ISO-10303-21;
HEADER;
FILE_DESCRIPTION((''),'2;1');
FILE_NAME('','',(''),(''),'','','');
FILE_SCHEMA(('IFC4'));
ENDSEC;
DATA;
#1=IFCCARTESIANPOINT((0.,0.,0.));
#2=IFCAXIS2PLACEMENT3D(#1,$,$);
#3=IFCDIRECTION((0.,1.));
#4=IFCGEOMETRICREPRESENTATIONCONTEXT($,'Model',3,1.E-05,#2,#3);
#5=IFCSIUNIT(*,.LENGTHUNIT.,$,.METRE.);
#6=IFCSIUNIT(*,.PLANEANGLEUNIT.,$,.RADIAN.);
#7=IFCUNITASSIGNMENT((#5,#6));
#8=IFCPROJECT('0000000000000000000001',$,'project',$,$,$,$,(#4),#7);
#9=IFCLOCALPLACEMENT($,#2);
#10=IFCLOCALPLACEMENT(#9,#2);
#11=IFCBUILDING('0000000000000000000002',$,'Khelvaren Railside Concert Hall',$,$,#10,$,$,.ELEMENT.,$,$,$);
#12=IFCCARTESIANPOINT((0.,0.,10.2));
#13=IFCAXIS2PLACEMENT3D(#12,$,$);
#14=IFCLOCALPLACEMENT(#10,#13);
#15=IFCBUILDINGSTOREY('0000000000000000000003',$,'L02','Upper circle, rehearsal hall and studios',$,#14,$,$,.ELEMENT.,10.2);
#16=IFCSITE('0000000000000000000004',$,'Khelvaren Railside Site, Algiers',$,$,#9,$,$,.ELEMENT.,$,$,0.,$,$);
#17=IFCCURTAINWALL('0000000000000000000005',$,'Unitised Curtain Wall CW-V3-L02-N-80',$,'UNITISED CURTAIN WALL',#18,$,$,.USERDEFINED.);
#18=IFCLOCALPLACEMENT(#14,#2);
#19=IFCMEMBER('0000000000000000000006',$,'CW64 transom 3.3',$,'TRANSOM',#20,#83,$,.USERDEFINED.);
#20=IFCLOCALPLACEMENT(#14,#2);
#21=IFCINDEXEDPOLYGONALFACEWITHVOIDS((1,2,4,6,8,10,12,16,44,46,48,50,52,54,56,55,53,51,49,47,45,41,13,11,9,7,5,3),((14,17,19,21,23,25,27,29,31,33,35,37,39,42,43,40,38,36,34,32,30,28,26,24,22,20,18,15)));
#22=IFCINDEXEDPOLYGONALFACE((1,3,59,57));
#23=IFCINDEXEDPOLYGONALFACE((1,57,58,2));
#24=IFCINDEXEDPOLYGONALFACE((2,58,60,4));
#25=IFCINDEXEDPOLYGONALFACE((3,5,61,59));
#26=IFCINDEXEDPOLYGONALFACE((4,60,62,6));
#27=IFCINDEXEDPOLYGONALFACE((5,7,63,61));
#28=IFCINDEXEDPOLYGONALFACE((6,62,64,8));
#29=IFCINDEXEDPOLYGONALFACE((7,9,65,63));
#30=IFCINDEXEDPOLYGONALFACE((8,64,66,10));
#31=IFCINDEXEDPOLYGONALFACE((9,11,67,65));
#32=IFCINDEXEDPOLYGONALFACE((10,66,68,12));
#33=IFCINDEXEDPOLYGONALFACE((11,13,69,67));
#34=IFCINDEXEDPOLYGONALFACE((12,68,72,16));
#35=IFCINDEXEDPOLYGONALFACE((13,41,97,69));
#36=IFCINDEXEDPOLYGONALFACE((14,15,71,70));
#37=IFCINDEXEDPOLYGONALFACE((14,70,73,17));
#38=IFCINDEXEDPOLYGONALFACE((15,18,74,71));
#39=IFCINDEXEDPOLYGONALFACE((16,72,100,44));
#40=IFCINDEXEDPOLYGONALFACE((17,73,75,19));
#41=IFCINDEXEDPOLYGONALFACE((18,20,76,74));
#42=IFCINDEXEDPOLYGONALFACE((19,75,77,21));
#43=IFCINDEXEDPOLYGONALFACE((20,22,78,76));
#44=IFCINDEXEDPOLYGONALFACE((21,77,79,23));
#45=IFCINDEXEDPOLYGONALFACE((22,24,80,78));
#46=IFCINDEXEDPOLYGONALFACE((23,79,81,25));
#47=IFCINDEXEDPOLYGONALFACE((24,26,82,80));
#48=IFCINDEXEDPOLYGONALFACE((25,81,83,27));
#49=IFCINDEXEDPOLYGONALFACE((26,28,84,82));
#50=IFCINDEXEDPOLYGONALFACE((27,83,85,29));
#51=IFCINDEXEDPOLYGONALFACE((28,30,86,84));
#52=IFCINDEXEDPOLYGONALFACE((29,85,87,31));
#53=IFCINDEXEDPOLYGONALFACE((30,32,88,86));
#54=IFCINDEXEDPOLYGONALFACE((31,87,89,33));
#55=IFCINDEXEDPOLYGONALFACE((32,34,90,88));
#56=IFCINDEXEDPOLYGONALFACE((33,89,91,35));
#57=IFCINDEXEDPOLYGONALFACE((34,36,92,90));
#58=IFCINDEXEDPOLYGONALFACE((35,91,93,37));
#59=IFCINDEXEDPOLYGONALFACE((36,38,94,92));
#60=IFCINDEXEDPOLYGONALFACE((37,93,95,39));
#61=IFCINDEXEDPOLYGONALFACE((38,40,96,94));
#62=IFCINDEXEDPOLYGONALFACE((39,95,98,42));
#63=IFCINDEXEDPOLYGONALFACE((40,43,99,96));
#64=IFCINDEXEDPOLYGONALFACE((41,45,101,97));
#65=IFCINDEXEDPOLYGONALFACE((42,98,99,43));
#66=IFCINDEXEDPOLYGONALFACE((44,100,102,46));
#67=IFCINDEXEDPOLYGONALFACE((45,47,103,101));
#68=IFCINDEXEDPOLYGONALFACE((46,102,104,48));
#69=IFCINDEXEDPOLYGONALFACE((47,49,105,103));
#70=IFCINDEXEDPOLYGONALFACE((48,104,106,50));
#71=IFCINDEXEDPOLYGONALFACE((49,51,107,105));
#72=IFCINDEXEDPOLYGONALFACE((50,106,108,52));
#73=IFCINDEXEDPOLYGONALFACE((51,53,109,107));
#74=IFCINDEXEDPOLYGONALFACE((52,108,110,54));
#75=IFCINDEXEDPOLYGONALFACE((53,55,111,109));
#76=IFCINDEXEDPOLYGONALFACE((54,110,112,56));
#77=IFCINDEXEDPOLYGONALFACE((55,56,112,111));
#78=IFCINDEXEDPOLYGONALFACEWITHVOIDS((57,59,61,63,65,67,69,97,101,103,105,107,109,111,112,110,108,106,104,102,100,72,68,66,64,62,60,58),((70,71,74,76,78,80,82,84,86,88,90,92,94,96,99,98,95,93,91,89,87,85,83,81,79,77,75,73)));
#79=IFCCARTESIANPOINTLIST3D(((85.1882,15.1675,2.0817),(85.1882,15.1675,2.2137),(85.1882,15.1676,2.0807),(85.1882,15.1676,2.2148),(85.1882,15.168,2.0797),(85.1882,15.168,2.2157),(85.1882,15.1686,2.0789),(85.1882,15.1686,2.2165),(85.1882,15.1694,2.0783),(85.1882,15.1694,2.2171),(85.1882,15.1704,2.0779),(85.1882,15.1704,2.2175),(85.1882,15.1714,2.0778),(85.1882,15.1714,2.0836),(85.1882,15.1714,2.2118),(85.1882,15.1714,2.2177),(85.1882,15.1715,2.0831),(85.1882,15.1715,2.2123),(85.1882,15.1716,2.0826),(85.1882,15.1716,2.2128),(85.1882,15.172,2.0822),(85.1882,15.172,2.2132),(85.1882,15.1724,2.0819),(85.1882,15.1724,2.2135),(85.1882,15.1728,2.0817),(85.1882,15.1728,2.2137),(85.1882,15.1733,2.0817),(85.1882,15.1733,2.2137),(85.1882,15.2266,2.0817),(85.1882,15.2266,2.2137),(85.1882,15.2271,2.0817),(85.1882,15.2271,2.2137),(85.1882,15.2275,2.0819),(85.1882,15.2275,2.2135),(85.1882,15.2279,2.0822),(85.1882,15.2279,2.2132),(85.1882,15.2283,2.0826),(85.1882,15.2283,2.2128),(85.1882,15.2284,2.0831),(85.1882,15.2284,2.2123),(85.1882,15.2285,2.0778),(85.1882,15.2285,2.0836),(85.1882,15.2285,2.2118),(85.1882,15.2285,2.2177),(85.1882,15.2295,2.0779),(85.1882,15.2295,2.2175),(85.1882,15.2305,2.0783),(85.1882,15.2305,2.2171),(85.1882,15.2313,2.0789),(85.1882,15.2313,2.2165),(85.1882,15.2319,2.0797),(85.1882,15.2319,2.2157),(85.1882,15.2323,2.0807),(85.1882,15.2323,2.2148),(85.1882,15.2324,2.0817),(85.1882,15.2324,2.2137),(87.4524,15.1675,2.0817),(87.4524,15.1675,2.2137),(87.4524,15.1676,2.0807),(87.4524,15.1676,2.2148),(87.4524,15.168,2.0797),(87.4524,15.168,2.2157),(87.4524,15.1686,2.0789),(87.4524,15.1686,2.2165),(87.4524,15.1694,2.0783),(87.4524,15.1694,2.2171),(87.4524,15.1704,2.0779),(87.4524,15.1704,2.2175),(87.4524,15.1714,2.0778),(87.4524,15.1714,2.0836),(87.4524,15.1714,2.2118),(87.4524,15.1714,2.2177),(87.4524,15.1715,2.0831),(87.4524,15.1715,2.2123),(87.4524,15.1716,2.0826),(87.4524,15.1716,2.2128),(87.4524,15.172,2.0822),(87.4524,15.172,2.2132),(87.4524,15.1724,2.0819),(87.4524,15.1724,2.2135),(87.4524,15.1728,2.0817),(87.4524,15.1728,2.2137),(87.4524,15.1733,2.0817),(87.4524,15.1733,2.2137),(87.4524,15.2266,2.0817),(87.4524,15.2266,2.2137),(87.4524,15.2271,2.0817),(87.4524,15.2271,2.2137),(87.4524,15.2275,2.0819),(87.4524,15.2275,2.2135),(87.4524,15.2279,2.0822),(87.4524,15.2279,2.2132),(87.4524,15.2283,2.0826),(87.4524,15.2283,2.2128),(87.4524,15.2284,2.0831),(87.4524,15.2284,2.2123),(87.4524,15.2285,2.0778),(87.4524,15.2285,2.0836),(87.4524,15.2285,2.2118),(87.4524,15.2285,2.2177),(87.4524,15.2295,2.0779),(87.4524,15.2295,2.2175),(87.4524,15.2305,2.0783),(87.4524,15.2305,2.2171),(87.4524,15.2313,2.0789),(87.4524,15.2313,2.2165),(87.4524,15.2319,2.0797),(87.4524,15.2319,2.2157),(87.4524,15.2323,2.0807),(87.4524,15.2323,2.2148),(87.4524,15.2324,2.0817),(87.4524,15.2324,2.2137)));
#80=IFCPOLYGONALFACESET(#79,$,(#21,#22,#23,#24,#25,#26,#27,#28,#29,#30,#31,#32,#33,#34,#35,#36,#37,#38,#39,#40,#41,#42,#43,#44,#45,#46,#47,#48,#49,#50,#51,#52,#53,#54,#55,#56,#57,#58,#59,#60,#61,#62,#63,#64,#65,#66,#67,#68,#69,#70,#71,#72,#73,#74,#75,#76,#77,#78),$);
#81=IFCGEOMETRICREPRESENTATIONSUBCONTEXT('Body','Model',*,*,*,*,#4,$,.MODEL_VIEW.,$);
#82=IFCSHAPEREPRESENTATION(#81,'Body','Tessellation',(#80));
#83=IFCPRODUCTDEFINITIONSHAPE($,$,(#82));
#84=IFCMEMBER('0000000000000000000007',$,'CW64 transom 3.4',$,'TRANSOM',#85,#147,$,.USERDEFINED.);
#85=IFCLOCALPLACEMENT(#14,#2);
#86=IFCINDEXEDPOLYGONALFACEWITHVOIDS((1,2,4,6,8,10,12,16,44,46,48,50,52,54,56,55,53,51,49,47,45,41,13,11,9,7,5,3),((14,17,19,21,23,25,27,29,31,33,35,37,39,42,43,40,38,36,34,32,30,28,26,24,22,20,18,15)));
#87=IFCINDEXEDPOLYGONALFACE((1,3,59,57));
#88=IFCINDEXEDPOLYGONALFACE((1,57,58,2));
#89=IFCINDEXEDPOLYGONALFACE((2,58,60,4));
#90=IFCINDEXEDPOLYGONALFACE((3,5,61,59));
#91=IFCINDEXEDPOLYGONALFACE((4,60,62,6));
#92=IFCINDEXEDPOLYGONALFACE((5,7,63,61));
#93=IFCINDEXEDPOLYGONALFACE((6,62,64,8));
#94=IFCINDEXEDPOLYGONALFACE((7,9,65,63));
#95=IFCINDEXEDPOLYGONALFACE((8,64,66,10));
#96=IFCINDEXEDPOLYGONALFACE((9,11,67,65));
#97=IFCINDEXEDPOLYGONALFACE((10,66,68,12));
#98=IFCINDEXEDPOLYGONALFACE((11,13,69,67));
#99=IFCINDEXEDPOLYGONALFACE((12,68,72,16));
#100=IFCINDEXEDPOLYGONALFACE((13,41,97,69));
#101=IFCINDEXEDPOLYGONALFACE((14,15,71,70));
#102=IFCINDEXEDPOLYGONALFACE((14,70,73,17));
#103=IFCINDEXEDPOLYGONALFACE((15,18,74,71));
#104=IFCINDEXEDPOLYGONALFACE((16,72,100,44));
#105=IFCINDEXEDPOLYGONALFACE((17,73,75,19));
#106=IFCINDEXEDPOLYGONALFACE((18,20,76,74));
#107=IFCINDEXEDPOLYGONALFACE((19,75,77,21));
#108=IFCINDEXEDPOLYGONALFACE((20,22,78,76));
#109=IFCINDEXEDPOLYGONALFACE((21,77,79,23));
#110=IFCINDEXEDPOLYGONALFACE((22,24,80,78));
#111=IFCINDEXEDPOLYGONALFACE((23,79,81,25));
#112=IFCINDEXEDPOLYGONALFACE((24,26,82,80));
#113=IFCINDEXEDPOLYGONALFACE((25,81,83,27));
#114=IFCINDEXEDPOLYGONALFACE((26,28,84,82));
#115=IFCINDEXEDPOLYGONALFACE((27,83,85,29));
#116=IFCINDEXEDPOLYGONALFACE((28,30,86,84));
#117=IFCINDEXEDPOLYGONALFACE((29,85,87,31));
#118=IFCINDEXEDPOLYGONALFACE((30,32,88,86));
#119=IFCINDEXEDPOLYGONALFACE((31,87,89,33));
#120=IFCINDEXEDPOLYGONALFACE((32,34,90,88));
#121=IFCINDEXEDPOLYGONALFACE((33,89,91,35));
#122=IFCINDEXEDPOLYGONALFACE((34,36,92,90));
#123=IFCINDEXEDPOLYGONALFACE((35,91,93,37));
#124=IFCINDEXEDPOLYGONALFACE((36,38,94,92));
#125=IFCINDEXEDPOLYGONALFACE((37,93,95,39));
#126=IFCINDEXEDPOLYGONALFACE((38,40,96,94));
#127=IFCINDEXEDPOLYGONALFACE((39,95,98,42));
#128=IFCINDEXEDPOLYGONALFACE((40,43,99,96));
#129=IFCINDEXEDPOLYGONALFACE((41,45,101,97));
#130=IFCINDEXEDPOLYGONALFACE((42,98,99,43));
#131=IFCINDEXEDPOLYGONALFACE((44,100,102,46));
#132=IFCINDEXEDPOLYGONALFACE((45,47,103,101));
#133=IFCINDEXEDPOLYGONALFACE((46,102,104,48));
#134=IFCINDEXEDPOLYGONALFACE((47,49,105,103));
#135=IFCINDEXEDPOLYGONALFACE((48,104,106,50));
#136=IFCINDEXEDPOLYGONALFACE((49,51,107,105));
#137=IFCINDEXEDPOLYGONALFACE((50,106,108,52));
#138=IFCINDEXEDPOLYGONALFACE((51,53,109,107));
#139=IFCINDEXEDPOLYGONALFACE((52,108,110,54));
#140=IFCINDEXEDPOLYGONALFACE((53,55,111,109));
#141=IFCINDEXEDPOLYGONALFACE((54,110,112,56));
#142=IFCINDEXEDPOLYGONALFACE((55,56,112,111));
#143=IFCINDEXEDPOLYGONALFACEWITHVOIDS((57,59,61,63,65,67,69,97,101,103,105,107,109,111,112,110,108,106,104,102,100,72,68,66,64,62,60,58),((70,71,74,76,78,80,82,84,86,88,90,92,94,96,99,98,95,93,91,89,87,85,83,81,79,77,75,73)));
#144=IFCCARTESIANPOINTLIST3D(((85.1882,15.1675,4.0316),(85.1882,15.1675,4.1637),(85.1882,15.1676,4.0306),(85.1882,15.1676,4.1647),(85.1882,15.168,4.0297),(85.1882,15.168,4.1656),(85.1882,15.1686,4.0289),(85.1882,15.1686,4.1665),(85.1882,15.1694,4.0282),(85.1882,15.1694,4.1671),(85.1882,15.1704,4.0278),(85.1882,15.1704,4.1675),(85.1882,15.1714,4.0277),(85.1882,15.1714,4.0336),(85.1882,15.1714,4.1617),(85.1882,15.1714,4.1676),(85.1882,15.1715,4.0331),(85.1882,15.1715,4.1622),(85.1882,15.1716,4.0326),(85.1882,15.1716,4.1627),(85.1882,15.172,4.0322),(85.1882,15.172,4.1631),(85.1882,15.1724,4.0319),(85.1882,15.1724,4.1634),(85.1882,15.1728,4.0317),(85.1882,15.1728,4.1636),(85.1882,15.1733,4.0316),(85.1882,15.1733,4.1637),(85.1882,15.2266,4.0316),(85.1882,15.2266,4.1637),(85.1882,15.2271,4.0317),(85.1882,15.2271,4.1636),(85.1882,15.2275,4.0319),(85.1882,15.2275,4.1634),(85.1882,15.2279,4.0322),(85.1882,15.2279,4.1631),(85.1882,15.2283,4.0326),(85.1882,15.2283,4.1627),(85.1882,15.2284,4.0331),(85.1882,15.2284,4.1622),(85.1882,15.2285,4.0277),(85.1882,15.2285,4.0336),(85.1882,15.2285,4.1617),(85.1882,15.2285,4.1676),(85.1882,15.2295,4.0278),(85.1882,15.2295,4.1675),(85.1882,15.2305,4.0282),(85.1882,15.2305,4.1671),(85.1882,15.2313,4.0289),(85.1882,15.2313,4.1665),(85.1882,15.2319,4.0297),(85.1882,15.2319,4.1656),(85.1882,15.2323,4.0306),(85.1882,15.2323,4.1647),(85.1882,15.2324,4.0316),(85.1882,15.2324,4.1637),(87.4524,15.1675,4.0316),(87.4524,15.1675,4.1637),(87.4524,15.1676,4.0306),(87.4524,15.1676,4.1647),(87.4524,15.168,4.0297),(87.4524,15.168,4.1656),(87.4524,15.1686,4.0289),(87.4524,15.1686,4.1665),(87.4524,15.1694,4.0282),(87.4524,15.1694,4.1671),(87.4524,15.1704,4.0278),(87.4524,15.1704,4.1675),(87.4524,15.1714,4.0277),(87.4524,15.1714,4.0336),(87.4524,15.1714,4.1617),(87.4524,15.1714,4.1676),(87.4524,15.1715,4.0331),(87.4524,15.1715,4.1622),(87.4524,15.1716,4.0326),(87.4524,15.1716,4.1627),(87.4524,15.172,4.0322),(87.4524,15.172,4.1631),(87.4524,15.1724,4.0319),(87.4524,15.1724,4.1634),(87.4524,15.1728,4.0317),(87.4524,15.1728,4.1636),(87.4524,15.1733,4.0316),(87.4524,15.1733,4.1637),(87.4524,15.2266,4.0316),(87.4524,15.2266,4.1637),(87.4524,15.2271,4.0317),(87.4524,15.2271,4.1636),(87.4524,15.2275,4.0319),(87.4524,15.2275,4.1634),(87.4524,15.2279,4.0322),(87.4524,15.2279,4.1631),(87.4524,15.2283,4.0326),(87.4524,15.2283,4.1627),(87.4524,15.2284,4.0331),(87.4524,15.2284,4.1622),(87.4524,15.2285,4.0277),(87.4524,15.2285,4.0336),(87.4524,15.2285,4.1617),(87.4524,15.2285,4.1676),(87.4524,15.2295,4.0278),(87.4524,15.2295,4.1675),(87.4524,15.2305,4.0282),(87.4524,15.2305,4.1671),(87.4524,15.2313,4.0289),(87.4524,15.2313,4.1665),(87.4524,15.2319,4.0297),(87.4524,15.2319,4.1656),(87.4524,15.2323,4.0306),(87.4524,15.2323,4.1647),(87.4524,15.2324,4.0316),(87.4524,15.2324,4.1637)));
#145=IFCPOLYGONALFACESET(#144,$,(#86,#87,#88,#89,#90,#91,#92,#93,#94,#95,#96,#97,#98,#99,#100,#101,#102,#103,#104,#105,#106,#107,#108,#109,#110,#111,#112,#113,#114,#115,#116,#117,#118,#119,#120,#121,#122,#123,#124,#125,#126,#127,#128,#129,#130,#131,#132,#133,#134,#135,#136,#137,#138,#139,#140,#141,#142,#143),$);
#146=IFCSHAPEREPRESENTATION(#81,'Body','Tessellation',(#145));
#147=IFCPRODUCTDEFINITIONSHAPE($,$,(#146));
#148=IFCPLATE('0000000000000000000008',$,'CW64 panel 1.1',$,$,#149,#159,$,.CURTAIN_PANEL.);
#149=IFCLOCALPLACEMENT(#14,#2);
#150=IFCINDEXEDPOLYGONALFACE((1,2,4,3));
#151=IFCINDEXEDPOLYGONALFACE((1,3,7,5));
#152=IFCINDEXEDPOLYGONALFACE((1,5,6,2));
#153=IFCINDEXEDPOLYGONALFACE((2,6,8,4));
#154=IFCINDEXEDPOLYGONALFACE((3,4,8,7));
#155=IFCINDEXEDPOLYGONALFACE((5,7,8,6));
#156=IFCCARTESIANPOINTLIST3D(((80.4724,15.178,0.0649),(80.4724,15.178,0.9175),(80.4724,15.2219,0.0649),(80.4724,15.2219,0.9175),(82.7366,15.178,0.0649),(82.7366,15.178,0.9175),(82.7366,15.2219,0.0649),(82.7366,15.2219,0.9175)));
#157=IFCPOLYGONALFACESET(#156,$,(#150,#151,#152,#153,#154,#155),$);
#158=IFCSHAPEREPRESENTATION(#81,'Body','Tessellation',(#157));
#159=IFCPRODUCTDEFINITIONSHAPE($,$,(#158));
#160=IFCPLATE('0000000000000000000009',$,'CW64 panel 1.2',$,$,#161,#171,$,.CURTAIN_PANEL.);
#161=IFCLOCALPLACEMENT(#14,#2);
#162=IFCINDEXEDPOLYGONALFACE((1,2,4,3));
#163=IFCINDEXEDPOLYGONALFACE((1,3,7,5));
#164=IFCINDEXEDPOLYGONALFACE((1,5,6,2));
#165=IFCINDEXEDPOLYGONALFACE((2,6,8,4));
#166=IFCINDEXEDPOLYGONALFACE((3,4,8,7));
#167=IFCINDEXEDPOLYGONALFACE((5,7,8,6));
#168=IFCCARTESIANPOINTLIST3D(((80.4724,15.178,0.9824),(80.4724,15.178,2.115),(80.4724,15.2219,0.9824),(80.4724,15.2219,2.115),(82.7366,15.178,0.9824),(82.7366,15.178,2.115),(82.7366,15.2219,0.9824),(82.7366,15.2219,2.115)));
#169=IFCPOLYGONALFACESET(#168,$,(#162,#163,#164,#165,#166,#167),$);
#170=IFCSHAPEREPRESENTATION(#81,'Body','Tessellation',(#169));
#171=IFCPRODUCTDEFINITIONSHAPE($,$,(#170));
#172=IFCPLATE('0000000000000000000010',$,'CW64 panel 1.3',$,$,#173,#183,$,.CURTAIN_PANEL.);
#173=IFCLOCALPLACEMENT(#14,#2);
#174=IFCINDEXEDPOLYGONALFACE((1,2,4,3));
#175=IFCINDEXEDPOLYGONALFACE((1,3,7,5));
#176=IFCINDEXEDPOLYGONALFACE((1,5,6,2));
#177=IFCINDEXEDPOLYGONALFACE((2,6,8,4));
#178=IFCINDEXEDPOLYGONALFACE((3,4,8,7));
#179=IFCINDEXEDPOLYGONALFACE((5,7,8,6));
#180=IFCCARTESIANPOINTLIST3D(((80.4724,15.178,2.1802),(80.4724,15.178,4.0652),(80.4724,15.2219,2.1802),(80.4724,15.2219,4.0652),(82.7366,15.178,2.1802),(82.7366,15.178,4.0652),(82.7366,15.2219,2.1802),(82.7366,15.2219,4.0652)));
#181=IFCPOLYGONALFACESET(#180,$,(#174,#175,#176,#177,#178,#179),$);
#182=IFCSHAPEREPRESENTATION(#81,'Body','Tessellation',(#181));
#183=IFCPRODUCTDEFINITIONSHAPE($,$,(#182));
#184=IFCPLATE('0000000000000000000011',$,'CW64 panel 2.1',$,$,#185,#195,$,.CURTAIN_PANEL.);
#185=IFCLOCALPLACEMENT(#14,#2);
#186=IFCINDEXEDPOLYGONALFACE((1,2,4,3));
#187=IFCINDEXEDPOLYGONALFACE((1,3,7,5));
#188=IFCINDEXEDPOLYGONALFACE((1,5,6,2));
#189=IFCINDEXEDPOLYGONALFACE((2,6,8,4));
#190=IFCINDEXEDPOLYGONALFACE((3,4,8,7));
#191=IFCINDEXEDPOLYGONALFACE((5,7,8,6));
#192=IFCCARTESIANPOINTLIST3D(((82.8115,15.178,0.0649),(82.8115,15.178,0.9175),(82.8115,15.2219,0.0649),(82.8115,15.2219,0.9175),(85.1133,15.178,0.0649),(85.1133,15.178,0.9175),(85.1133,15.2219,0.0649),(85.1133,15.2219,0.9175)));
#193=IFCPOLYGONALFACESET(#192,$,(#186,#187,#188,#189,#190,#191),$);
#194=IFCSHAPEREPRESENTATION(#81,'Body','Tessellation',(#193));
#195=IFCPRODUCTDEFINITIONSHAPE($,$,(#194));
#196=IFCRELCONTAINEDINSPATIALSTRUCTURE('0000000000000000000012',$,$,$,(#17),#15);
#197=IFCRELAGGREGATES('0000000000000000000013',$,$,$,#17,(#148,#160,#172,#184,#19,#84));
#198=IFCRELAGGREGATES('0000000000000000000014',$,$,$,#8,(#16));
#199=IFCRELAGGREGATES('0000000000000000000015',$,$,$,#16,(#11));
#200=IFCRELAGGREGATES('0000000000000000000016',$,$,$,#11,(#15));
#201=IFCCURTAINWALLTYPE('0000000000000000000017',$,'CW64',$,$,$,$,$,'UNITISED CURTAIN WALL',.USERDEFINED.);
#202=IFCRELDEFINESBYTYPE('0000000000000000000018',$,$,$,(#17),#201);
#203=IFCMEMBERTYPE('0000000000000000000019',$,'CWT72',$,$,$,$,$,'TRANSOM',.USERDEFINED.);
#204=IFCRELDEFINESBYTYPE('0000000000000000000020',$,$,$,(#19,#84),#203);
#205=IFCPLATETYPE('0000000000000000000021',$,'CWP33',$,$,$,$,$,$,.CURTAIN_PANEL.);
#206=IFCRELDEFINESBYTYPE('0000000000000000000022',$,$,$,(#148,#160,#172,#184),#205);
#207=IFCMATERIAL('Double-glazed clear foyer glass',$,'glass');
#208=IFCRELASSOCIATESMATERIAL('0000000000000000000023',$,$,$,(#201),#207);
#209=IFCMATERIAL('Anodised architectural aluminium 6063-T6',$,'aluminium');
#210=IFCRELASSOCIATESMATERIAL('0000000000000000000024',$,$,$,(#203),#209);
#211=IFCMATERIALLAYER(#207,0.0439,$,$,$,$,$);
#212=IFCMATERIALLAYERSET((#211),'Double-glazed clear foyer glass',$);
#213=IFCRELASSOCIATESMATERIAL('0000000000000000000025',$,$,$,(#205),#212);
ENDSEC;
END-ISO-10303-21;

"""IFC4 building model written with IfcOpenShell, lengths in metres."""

from ifc_helpers import new_model, si_unit, direction, frame, origin, origin_2d, place, context, subcontext, project, spatial, rectangle, hollow_rectangle, extrude, material, layer, layer_set, material_profile, profile_set, type_object, element, aggregate, save


model = new_model("IFC4")

# Units and contexts
model_context = context("Model", 3, precision=1e-05, world=origin(), true_north=direction((0.0, 1.0)))
body_context = subcontext(model_context, "Body", "Model", "MODEL_VIEW")
ifc_project = project(units=[si_unit("LENGTHUNIT", "METRE"), si_unit("PLANEANGLEUNIT", "RADIAN")], contexts=[model_context])

# Site, building, storey
site_placement = place(None, origin())
site = spatial("IfcSite", under=ifc_project, at=site_placement, Name="Khelvaren Railside Site, Algiers", CompositionType="ELEMENT", RefElevation=0.0)
building_placement = place(site_placement, origin())
building = spatial("IfcBuilding", under=site, at=building_placement, Name="Khelvaren Railside Concert Hall", CompositionType="ELEMENT")
storey_placement = place(building_placement, frame((0.0, 0.0, 10.2)))
storey = spatial("IfcBuildingStorey", under=building, at=storey_placement, Name="L02", Description="Upper circle, rehearsal hall and studios", CompositionType="ELEMENT", Elevation=10.2)

# Curtain wall, members, plates
ifc_material_1 = material(Name="Double-glazed clear foyer glass", Category="glass")
curtain_wall_type = type_object("IfcCurtainWallType", Name="CW64", ElementType="UNITISED CURTAIN WALL", PredefinedType="USERDEFINED", material=ifc_material_1)
curtain_wall_placement = place(storey_placement, origin())
curtain_wall = element("IfcCurtainWall", 1, at=curtain_wall_placement, inside=storey, type_object=curtain_wall_type, Name="Unitised Curtain Wall CW-V3-L02-N-80", ObjectType="UNITISED CURTAIN WALL", PredefinedType="USERDEFINED")
ifc_material_2 = material(Name="Anodised architectural aluminium 6063-T6", Category="aluminium")
ifc_material_profile_1 = material_profile(ifc_material_2, hollow_rectangle(XDim=0.0649, YDim=0.1399, WallThickness=0.0039, InnerFilletRadius=0.002, OuterFilletRadius=0.0039, at=origin_2d()), Name="CWT 65x140x4")
ifc_profile_set_1 = profile_set([ifc_material_profile_1], Name="Anodised architectural aluminium 6063-T6")
member_type_1 = type_object("IfcMemberType", Name="CWT72", ElementType="TRANSOM", PredefinedType="USERDEFINED", material=ifc_profile_set_1)
member_1_placement = place(storey_placement, frame((85.1882, 15.2, 2.1477), z_axis=(1.0, 0.0, 0.0), x_axis=(0.0, 1.0, 0.0)))
member_1 = element("IfcMember", 2, at=member_1_placement, type_object=member_type_1, Name="CW64 transom 3.3", ObjectType="TRANSOM", PredefinedType="USERDEFINED", context=body_context, shape_type="SweptSolid", body=[
    extrude(hollow_rectangle(XDim=0.0649, YDim=0.1399, WallThickness=0.0039, InnerFilletRadius=0.002, OuterFilletRadius=0.0039, at=origin_2d()), origin(), (0.0, 0.0, 1.0), 2.2642),
])
member_2_placement = place(storey_placement, frame((85.1882, 15.2, 4.0977), z_axis=(1.0, 0.0, 0.0), x_axis=(0.0, 1.0, 0.0)))
member_2 = element("IfcMember", 3, at=member_2_placement, type_object=member_type_1, Name="CW64 transom 3.4", ObjectType="TRANSOM", PredefinedType="USERDEFINED", context=body_context, shape_type="SweptSolid", body=[
    extrude(hollow_rectangle(XDim=0.0649, YDim=0.1399, WallThickness=0.0039, InnerFilletRadius=0.002, OuterFilletRadius=0.0039, at=origin_2d()), origin(), (0.0, 0.0, 1.0), 2.2642),
])
ifc_layer = layer(ifc_material_1, 0.0439)
ifc_layer_set = layer_set([ifc_layer], Name="Double-glazed clear foyer glass")
plate_type = type_object("IfcPlateType", Name="CWP33", PredefinedType="CURTAIN_PANEL", material=ifc_layer_set)
plate_1_placement = place(storey_placement, frame((81.6045, 15.2, 0.0649), z_axis=(0.0, 0.0, 1.0), x_axis=(1.0, 0.0, 0.0)))
plate_1 = element("IfcPlate", 4, at=plate_1_placement, type_object=plate_type, Name="CW64 panel 1.1", PredefinedType="CURTAIN_PANEL", context=body_context, shape_type="SweptSolid", body=[
    extrude(rectangle(XDim=2.2642, YDim=0.0439, at=origin_2d()), origin(), (0.0, 0.0, 1.0), 0.8525),
])
plate_2_placement = place(storey_placement, frame((81.6045, 15.2, 0.9824), z_axis=(0.0, 0.0, 1.0), x_axis=(1.0, 0.0, 0.0)))
plate_2 = element("IfcPlate", 5, at=plate_2_placement, type_object=plate_type, Name="CW64 panel 1.2", PredefinedType="CURTAIN_PANEL", context=body_context, shape_type="SweptSolid", body=[
    extrude(rectangle(XDim=2.2642, YDim=0.0439, at=origin_2d()), origin(), (0.0, 0.0, 1.0), 1.1326),
])
plate_3_placement = place(storey_placement, frame((81.6045, 15.2, 2.1802), z_axis=(0.0, 0.0, 1.0), x_axis=(1.0, 0.0, 0.0)))
plate_3 = element("IfcPlate", 6, at=plate_3_placement, type_object=plate_type, Name="CW64 panel 1.3", PredefinedType="CURTAIN_PANEL", context=body_context, shape_type="SweptSolid", body=[
    extrude(rectangle(XDim=2.2642, YDim=0.0439, at=origin_2d()), origin(), (0.0, 0.0, 1.0), 1.885),
])
plate_4_placement = place(storey_placement, frame((83.9624, 15.2, 0.0649), z_axis=(0.0, 0.0, 1.0), x_axis=(1.0, 0.0, 0.0)))
plate_4 = element("IfcPlate", 7, at=plate_4_placement, type_object=plate_type, Name="CW64 panel 2.1", PredefinedType="CURTAIN_PANEL", context=body_context, shape_type="SweptSolid", body=[
    extrude(rectangle(XDim=2.3018, YDim=0.0439, at=origin_2d()), origin(), (0.0, 0.0, 1.0), 0.8525),
])
aggregate(curtain_wall, [plate_1, plate_2, plate_3, plate_4, member_1, member_2])

save(model, "model.ifc")
